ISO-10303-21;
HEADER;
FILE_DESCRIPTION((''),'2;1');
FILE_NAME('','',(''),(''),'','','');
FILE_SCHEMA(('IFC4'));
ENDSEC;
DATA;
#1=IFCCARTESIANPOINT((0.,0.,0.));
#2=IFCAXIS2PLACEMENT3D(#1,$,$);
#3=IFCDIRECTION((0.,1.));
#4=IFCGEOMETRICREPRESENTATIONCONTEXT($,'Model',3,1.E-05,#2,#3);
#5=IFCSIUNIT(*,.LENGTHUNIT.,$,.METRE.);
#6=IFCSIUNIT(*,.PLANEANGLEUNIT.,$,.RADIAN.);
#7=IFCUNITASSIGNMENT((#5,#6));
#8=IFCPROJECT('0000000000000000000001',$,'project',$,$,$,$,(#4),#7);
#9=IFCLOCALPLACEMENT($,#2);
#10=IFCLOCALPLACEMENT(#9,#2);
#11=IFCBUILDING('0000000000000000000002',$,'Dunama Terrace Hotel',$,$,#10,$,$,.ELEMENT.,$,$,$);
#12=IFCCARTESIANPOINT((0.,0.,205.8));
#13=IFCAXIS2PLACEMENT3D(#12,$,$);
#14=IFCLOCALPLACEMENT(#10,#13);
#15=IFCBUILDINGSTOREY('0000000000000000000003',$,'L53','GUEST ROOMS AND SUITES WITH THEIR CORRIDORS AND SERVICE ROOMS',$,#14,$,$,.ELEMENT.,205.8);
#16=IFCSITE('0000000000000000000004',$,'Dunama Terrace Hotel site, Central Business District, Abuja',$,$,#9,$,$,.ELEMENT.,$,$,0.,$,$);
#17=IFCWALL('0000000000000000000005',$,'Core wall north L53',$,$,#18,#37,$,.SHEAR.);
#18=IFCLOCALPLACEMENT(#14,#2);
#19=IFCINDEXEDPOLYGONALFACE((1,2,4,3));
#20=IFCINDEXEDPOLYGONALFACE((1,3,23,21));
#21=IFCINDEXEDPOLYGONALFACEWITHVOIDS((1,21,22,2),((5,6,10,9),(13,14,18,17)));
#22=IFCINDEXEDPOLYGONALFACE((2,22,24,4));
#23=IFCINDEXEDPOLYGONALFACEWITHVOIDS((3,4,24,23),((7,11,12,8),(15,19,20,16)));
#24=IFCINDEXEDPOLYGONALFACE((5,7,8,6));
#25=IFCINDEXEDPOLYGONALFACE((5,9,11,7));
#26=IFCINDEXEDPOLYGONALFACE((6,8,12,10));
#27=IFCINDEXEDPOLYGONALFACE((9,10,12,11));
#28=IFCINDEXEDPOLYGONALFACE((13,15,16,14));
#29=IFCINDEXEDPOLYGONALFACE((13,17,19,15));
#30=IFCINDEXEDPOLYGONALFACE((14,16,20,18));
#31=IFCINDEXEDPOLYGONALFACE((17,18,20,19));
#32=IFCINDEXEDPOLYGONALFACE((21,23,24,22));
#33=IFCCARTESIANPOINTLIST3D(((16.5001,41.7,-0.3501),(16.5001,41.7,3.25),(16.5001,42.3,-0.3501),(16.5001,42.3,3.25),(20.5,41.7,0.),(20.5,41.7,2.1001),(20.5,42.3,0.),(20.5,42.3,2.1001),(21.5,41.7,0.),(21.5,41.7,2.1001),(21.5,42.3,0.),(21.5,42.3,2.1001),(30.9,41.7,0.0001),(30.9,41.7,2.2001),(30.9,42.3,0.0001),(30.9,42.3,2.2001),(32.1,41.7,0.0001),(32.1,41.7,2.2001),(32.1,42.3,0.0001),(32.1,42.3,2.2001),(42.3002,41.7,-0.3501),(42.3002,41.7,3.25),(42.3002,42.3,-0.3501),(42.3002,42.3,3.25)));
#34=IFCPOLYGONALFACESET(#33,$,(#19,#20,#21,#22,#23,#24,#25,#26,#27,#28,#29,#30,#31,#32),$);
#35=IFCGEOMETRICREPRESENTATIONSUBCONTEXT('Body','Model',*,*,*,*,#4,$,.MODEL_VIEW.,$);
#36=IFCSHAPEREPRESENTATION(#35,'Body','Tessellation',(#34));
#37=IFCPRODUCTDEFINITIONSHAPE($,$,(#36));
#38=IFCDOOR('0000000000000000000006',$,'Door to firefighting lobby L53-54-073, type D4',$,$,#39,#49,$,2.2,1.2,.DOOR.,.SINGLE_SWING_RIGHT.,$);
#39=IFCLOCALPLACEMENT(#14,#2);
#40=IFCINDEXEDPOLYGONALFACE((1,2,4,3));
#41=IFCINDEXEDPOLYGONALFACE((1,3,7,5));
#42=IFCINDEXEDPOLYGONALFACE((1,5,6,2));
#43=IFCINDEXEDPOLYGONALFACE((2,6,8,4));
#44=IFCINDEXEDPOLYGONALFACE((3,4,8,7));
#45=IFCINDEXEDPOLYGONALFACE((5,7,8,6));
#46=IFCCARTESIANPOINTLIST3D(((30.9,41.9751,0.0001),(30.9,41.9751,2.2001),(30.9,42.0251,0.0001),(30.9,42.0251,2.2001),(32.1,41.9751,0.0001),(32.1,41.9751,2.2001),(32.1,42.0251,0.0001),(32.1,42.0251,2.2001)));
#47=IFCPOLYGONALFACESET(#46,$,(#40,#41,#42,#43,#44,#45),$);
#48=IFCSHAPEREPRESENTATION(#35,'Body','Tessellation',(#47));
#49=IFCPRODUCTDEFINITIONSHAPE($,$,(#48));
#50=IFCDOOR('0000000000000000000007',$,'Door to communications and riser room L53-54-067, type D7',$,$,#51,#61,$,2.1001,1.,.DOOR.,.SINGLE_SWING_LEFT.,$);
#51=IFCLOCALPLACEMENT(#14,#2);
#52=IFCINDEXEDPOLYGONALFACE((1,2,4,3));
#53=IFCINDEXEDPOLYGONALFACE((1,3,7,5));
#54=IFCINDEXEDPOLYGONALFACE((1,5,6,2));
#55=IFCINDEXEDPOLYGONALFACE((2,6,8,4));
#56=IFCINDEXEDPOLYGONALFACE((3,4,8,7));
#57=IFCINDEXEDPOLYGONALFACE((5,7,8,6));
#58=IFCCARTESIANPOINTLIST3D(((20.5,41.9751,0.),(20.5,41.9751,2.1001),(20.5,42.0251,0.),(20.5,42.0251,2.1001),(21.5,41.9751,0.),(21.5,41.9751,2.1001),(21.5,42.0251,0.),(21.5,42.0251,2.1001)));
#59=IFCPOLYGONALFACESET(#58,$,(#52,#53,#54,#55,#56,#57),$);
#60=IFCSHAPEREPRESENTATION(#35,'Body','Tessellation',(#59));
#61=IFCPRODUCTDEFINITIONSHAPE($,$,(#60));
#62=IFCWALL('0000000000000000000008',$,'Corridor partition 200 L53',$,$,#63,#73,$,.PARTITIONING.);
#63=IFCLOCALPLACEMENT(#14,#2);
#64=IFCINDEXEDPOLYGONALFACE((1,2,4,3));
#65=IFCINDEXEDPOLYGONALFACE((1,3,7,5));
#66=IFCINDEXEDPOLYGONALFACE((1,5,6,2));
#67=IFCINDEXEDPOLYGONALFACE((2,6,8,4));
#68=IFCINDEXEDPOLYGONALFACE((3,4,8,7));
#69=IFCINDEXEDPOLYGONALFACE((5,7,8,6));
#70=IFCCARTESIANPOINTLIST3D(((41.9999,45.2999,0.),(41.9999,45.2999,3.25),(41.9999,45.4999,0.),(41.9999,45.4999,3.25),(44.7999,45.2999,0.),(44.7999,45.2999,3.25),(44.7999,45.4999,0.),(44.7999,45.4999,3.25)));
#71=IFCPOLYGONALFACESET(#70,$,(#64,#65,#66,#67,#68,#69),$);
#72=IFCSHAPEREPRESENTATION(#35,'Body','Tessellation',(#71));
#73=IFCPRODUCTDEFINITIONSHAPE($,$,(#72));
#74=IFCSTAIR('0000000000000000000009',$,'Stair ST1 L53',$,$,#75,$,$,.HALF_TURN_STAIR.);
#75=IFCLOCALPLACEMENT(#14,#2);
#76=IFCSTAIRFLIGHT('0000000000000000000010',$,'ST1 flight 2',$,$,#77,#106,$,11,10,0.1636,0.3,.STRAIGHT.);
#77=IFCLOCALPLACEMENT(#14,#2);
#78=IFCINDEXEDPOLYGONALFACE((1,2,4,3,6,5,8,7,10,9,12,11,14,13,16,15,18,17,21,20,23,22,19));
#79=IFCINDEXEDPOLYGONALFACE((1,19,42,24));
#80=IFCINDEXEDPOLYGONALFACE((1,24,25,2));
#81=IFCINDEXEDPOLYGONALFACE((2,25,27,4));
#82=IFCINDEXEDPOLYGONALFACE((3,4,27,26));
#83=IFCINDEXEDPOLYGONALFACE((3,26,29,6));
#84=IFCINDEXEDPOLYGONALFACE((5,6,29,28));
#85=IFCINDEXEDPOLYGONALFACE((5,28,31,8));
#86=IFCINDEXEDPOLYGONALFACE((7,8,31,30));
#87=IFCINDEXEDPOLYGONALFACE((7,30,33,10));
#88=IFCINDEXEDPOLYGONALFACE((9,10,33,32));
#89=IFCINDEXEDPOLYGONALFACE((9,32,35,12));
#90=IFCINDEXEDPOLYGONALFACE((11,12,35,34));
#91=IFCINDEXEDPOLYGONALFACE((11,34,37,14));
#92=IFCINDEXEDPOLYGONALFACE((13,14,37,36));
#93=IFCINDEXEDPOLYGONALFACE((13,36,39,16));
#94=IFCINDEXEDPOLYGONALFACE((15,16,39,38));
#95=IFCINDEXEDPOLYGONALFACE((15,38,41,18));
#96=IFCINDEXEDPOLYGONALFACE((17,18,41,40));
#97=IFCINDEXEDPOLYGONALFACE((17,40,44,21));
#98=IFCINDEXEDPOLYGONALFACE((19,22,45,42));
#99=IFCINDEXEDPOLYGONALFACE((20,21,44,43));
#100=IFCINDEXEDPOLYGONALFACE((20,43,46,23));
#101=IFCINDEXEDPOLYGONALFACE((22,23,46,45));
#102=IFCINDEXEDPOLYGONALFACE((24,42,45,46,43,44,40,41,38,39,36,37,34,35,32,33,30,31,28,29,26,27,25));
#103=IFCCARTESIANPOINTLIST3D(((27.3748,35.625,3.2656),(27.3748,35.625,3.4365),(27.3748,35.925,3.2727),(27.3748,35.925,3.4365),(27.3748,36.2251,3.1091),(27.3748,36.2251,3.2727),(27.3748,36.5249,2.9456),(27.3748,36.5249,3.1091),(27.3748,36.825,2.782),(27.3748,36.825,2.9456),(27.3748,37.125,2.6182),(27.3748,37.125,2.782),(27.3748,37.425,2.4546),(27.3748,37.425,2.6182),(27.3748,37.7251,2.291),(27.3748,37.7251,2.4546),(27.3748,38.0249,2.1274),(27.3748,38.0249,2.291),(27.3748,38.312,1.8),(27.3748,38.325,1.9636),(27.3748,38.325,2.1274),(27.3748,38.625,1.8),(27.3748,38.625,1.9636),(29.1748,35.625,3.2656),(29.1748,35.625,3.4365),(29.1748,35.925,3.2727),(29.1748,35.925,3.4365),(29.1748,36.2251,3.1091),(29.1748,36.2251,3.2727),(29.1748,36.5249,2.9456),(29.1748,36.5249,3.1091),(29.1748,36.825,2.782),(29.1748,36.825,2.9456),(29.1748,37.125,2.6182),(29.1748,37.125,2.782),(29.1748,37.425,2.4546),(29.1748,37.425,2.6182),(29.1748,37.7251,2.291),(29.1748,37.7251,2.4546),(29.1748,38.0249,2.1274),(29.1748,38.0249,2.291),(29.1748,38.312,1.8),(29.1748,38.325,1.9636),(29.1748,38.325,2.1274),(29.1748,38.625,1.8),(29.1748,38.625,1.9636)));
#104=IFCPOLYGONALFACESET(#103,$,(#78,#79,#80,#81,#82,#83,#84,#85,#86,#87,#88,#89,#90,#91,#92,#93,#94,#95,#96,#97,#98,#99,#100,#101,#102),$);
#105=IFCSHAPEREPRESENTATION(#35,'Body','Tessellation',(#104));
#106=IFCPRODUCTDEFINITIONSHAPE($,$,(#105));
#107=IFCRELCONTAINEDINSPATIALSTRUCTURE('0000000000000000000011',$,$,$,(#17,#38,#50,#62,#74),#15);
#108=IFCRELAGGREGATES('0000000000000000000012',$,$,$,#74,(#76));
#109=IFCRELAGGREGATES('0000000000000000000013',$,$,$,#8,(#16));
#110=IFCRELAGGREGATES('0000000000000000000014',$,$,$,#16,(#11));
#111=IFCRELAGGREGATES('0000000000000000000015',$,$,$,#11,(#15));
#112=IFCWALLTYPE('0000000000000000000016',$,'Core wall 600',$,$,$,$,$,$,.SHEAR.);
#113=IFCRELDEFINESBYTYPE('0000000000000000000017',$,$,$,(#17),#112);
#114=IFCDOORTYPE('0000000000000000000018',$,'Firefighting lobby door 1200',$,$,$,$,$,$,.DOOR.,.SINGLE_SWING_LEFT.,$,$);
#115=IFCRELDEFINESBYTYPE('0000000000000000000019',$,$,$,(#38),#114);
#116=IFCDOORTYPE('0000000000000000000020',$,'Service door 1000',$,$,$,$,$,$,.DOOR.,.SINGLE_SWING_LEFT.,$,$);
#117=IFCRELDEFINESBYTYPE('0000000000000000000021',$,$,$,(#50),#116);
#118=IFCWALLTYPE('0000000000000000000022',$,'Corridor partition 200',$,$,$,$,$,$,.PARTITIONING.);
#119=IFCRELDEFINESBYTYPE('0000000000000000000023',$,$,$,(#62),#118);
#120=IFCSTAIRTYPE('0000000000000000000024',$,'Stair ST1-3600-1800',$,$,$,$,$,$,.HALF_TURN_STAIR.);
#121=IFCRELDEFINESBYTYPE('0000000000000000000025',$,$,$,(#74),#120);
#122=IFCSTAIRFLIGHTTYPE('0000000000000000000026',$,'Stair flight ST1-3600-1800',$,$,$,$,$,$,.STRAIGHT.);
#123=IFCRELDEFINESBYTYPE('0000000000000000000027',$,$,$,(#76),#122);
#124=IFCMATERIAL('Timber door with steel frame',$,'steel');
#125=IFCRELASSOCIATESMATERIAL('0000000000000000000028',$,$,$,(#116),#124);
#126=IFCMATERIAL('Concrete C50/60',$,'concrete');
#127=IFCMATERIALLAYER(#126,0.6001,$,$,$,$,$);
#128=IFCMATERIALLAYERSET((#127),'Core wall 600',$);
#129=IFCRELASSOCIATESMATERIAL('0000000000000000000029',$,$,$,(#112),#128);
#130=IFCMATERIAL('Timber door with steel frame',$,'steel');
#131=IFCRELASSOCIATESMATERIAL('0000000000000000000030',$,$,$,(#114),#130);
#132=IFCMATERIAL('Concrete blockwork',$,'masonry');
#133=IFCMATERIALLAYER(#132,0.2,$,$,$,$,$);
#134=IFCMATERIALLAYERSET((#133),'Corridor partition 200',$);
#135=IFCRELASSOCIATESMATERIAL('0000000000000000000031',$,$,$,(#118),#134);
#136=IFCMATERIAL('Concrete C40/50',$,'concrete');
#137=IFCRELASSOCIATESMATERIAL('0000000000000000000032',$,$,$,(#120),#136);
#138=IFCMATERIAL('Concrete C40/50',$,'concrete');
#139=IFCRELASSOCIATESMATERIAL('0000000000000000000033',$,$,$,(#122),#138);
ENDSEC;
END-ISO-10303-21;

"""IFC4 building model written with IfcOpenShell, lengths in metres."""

from ifc_helpers import new_model, si_unit, direction, frame, frame_2d, origin, place, context, subcontext, project, spatial, polyline, rectangle, outline, extrude, material, layer, layer_set, type_object, element, fill, aggregate, save


model = new_model("IFC4")

# Units and contexts
model_context = context("Model", 3, precision=1e-05, world=origin(), true_north=direction((0.0, 1.0)))
body_context = subcontext(model_context, "Body", "Model", "MODEL_VIEW")
ifc_project = project(units=[si_unit("LENGTHUNIT", "METRE"), si_unit("PLANEANGLEUNIT", "RADIAN")], contexts=[model_context])

# Site, building, storey
site_placement = place(None, origin())
site = spatial("IfcSite", under=ifc_project, at=site_placement, Name="Dunama Terrace Hotel site, Central Business District, Abuja", CompositionType="ELEMENT", RefElevation=0.0)
building_placement = place(site_placement, origin())
building = spatial("IfcBuilding", under=site, at=building_placement, Name="Dunama Terrace Hotel", CompositionType="ELEMENT")
storey_placement = place(building_placement, frame((0.0, 0.0, 205.8)))
storey = spatial("IfcBuildingStorey", under=building, at=storey_placement, Name="L53", Description="GUEST ROOMS AND SUITES WITH THEIR CORRIDORS AND SERVICE ROOMS", CompositionType="ELEMENT", Elevation=205.8)

# Shared definitions
ifc_material_1 = material(Name="Timber door with steel frame", Category="steel")
door_type_1 = type_object("IfcDoorType", Name="Service door 1000", OperationType="SINGLE_SWING_LEFT", PredefinedType="DOOR", material=ifc_material_1)

# Wall, openings, doors
ifc_material_2 = material(Name="Concrete C50/60", Category="concrete")
ifc_layer_1 = layer(ifc_material_2, 0.6001)
ifc_layer_set_1 = layer_set([ifc_layer_1], Name="Core wall 600")
wall_type_1 = type_object("IfcWallType", Name="Core wall 600", PredefinedType="SHEAR", material=ifc_layer_set_1)
wall_1_placement = place(storey_placement, frame((42.3, 42.0, -0.3501), z_axis=(0.0, 0.0, 1.0), x_axis=(-1.0, 0.0, 0.0)))
wall_1 = element("IfcWall", 1, at=wall_1_placement, inside=storey, type_object=wall_type_1, Name="Core wall north L53", PredefinedType="SHEAR", context=body_context, shape_type="SweptSolid", body=[
    extrude(rectangle(XDim=25.8, YDim=0.6001, at=frame_2d((12.8999, 0.0))), origin(), (0.0, 0.0, 1.0), 3.6001),
])
opening_1_placement = place(wall_1_placement, frame((20.8, 0.0, 0.3501)))
opening_1 = element("IfcOpeningElement", 2, at=opening_1_placement, cuts=wall_1, PredefinedType="OPENING", context=body_context, shape_type="SweptSolid", body=[
    extrude(rectangle(XDim=1.0, YDim=2.1001, at=frame_2d((0.5, 1.05))), frame((0.0, 0.3101, 0.0), z_axis=(0.0, -1.0, 0.0), x_axis=(1.0, 0.0, 0.0)), (0.0, 0.0, 1.0), 0.6201),
])
opening_2_placement = place(wall_1_placement, frame((10.2, 0.0, 0.3501)))
opening_2 = element("IfcOpeningElement", 3, at=opening_2_placement, cuts=wall_1, PredefinedType="OPENING", context=body_context, shape_type="SweptSolid", body=[
    extrude(rectangle(XDim=1.2, YDim=2.2, at=frame_2d((0.6001, 1.1001))), frame((0.0, 0.3101, 0.0), z_axis=(0.0, -1.0, 0.0), x_axis=(1.0, 0.0, 0.0)), (0.0, 0.0, 1.0), 0.6201),
])
ifc_material_3 = material(Name="Timber door with steel frame", Category="steel")
door_type_2 = type_object("IfcDoorType", Name="Firefighting lobby door 1200", OperationType="SINGLE_SWING_LEFT", PredefinedType="DOOR", material=ifc_material_3)
door_1_placement = place(opening_2_placement, origin())
door_1 = element("IfcDoor", 4, at=door_1_placement, inside=storey, type_object=door_type_2, Name="Door to firefighting lobby L53-54-073, type D4", OperationType="SINGLE_SWING_RIGHT", OverallHeight=2.2, OverallWidth=1.2, PredefinedType="DOOR", context=body_context, shape_type="SweptSolid", body=[
    extrude(rectangle(XDim=1.2, YDim=2.2, at=frame_2d((0.6001, 1.1001))), frame((0.0, 0.0249, 0.0), z_axis=(0.0, -1.0, 0.0), x_axis=(1.0, 0.0, 0.0)), (0.0, 0.0, 1.0), 0.05),
])
fill(opening_2, door_1)
door_2_placement = place(opening_1_placement, origin())
door_2 = element("IfcDoor", 5, at=door_2_placement, inside=storey, type_object=door_type_1, Name="Door to communications and riser room L53-54-067, type D7", OperationType="SINGLE_SWING_LEFT", OverallHeight=2.1001, OverallWidth=1.0, PredefinedType="DOOR", context=body_context, shape_type="SweptSolid", body=[
    extrude(rectangle(XDim=1.0, YDim=2.1001, at=frame_2d((0.5, 1.05))), frame((0.0, 0.0249, 0.0), z_axis=(0.0, -1.0, 0.0), x_axis=(1.0, 0.0, 0.0)), (0.0, 0.0, 1.0), 0.05),
])
fill(opening_1, door_2)

# Wall
ifc_material_4 = material(Name="Concrete blockwork", Category="masonry")
ifc_layer_2 = layer(ifc_material_4, 0.2)
ifc_layer_set_2 = layer_set([ifc_layer_2], Name="Corridor partition 200")
wall_type_2 = type_object("IfcWallType", Name="Corridor partition 200", PredefinedType="PARTITIONING", material=ifc_layer_set_2)
wall_2_placement = place(storey_placement, frame((42.0, 45.3999, 0.0), z_axis=(0.0, 0.0, 1.0), x_axis=(1.0, 0.0, 0.0)))
element("IfcWall", 6, at=wall_2_placement, inside=storey, type_object=wall_type_2, Name="Corridor partition 200 L53", PredefinedType="PARTITIONING", context=body_context, shape_type="SweptSolid", body=[
    extrude(rectangle(XDim=2.8, YDim=0.2, at=frame_2d((1.3999, 0.0))), origin(), (0.0, 0.0, 1.0), 3.25),
])

# Stair, stair flight
ifc_material_5 = material(Name="Concrete C40/50", Category="concrete")
stair_type = type_object("IfcStairType", Name="Stair ST1-3600-1800", PredefinedType="HALF_TURN_STAIR", material=ifc_material_5)
stair_placement = place(storey_placement, origin())
stair = element("IfcStair", 7, at=stair_placement, inside=storey, type_object=stair_type, Name="Stair ST1 L53", PredefinedType="HALF_TURN_STAIR")
ifc_material_6 = material(Name="Concrete C40/50", Category="concrete")
stair_flight_type = type_object("IfcStairFlightType", Name="Stair flight ST1-3600-1800", PredefinedType="STRAIGHT", material=ifc_material_6)
stair_flight_placement = place(storey_placement, frame((28.2749, 38.625, 1.8), z_axis=(0.0, 0.0, 1.0), x_axis=(0.0, -1.0, 0.0)))
stair_flight = element("IfcStairFlight", 8, at=stair_flight_placement, type_object=stair_flight_type, Name="ST1 flight 2", NumberOfRisers=11, NumberOfTreads=10, PredefinedType="STRAIGHT", RiserHeight=0.1636, TreadLength=0.3, context=body_context, shape_type="SweptSolid", body=[
    extrude(outline(polyline([(0.0, 0.0), (0.0, 0.1636), (0.3, 0.1636), (0.3, 0.3274), (0.6001, 0.3274), (0.6001, 0.491), (0.8999, 0.491), (0.8999, 0.6545), (1.2, 0.6545), (1.2, 0.8181), (1.5, 0.8181), (1.5, 0.9819), (1.8, 0.9819), (1.8, 1.1455), (2.1001, 1.1455), (2.1001, 1.3091), (2.3999, 1.3091), (2.3999, 1.4727), (2.7, 1.4727), (2.7, 1.6365), (3.0, 1.6365), (3.0, 1.8), (3.0, 1.4656), (0.313, 0.0), (0.0, 0.0)])), frame((0.0, 0.8999, 0.0), z_axis=(0.0, -1.0, 0.0), x_axis=(1.0, 0.0, 0.0)), (0.0, 0.0, 1.0), 1.8),
])
aggregate(stair, [stair_flight])

save(model, "model.ifc")
